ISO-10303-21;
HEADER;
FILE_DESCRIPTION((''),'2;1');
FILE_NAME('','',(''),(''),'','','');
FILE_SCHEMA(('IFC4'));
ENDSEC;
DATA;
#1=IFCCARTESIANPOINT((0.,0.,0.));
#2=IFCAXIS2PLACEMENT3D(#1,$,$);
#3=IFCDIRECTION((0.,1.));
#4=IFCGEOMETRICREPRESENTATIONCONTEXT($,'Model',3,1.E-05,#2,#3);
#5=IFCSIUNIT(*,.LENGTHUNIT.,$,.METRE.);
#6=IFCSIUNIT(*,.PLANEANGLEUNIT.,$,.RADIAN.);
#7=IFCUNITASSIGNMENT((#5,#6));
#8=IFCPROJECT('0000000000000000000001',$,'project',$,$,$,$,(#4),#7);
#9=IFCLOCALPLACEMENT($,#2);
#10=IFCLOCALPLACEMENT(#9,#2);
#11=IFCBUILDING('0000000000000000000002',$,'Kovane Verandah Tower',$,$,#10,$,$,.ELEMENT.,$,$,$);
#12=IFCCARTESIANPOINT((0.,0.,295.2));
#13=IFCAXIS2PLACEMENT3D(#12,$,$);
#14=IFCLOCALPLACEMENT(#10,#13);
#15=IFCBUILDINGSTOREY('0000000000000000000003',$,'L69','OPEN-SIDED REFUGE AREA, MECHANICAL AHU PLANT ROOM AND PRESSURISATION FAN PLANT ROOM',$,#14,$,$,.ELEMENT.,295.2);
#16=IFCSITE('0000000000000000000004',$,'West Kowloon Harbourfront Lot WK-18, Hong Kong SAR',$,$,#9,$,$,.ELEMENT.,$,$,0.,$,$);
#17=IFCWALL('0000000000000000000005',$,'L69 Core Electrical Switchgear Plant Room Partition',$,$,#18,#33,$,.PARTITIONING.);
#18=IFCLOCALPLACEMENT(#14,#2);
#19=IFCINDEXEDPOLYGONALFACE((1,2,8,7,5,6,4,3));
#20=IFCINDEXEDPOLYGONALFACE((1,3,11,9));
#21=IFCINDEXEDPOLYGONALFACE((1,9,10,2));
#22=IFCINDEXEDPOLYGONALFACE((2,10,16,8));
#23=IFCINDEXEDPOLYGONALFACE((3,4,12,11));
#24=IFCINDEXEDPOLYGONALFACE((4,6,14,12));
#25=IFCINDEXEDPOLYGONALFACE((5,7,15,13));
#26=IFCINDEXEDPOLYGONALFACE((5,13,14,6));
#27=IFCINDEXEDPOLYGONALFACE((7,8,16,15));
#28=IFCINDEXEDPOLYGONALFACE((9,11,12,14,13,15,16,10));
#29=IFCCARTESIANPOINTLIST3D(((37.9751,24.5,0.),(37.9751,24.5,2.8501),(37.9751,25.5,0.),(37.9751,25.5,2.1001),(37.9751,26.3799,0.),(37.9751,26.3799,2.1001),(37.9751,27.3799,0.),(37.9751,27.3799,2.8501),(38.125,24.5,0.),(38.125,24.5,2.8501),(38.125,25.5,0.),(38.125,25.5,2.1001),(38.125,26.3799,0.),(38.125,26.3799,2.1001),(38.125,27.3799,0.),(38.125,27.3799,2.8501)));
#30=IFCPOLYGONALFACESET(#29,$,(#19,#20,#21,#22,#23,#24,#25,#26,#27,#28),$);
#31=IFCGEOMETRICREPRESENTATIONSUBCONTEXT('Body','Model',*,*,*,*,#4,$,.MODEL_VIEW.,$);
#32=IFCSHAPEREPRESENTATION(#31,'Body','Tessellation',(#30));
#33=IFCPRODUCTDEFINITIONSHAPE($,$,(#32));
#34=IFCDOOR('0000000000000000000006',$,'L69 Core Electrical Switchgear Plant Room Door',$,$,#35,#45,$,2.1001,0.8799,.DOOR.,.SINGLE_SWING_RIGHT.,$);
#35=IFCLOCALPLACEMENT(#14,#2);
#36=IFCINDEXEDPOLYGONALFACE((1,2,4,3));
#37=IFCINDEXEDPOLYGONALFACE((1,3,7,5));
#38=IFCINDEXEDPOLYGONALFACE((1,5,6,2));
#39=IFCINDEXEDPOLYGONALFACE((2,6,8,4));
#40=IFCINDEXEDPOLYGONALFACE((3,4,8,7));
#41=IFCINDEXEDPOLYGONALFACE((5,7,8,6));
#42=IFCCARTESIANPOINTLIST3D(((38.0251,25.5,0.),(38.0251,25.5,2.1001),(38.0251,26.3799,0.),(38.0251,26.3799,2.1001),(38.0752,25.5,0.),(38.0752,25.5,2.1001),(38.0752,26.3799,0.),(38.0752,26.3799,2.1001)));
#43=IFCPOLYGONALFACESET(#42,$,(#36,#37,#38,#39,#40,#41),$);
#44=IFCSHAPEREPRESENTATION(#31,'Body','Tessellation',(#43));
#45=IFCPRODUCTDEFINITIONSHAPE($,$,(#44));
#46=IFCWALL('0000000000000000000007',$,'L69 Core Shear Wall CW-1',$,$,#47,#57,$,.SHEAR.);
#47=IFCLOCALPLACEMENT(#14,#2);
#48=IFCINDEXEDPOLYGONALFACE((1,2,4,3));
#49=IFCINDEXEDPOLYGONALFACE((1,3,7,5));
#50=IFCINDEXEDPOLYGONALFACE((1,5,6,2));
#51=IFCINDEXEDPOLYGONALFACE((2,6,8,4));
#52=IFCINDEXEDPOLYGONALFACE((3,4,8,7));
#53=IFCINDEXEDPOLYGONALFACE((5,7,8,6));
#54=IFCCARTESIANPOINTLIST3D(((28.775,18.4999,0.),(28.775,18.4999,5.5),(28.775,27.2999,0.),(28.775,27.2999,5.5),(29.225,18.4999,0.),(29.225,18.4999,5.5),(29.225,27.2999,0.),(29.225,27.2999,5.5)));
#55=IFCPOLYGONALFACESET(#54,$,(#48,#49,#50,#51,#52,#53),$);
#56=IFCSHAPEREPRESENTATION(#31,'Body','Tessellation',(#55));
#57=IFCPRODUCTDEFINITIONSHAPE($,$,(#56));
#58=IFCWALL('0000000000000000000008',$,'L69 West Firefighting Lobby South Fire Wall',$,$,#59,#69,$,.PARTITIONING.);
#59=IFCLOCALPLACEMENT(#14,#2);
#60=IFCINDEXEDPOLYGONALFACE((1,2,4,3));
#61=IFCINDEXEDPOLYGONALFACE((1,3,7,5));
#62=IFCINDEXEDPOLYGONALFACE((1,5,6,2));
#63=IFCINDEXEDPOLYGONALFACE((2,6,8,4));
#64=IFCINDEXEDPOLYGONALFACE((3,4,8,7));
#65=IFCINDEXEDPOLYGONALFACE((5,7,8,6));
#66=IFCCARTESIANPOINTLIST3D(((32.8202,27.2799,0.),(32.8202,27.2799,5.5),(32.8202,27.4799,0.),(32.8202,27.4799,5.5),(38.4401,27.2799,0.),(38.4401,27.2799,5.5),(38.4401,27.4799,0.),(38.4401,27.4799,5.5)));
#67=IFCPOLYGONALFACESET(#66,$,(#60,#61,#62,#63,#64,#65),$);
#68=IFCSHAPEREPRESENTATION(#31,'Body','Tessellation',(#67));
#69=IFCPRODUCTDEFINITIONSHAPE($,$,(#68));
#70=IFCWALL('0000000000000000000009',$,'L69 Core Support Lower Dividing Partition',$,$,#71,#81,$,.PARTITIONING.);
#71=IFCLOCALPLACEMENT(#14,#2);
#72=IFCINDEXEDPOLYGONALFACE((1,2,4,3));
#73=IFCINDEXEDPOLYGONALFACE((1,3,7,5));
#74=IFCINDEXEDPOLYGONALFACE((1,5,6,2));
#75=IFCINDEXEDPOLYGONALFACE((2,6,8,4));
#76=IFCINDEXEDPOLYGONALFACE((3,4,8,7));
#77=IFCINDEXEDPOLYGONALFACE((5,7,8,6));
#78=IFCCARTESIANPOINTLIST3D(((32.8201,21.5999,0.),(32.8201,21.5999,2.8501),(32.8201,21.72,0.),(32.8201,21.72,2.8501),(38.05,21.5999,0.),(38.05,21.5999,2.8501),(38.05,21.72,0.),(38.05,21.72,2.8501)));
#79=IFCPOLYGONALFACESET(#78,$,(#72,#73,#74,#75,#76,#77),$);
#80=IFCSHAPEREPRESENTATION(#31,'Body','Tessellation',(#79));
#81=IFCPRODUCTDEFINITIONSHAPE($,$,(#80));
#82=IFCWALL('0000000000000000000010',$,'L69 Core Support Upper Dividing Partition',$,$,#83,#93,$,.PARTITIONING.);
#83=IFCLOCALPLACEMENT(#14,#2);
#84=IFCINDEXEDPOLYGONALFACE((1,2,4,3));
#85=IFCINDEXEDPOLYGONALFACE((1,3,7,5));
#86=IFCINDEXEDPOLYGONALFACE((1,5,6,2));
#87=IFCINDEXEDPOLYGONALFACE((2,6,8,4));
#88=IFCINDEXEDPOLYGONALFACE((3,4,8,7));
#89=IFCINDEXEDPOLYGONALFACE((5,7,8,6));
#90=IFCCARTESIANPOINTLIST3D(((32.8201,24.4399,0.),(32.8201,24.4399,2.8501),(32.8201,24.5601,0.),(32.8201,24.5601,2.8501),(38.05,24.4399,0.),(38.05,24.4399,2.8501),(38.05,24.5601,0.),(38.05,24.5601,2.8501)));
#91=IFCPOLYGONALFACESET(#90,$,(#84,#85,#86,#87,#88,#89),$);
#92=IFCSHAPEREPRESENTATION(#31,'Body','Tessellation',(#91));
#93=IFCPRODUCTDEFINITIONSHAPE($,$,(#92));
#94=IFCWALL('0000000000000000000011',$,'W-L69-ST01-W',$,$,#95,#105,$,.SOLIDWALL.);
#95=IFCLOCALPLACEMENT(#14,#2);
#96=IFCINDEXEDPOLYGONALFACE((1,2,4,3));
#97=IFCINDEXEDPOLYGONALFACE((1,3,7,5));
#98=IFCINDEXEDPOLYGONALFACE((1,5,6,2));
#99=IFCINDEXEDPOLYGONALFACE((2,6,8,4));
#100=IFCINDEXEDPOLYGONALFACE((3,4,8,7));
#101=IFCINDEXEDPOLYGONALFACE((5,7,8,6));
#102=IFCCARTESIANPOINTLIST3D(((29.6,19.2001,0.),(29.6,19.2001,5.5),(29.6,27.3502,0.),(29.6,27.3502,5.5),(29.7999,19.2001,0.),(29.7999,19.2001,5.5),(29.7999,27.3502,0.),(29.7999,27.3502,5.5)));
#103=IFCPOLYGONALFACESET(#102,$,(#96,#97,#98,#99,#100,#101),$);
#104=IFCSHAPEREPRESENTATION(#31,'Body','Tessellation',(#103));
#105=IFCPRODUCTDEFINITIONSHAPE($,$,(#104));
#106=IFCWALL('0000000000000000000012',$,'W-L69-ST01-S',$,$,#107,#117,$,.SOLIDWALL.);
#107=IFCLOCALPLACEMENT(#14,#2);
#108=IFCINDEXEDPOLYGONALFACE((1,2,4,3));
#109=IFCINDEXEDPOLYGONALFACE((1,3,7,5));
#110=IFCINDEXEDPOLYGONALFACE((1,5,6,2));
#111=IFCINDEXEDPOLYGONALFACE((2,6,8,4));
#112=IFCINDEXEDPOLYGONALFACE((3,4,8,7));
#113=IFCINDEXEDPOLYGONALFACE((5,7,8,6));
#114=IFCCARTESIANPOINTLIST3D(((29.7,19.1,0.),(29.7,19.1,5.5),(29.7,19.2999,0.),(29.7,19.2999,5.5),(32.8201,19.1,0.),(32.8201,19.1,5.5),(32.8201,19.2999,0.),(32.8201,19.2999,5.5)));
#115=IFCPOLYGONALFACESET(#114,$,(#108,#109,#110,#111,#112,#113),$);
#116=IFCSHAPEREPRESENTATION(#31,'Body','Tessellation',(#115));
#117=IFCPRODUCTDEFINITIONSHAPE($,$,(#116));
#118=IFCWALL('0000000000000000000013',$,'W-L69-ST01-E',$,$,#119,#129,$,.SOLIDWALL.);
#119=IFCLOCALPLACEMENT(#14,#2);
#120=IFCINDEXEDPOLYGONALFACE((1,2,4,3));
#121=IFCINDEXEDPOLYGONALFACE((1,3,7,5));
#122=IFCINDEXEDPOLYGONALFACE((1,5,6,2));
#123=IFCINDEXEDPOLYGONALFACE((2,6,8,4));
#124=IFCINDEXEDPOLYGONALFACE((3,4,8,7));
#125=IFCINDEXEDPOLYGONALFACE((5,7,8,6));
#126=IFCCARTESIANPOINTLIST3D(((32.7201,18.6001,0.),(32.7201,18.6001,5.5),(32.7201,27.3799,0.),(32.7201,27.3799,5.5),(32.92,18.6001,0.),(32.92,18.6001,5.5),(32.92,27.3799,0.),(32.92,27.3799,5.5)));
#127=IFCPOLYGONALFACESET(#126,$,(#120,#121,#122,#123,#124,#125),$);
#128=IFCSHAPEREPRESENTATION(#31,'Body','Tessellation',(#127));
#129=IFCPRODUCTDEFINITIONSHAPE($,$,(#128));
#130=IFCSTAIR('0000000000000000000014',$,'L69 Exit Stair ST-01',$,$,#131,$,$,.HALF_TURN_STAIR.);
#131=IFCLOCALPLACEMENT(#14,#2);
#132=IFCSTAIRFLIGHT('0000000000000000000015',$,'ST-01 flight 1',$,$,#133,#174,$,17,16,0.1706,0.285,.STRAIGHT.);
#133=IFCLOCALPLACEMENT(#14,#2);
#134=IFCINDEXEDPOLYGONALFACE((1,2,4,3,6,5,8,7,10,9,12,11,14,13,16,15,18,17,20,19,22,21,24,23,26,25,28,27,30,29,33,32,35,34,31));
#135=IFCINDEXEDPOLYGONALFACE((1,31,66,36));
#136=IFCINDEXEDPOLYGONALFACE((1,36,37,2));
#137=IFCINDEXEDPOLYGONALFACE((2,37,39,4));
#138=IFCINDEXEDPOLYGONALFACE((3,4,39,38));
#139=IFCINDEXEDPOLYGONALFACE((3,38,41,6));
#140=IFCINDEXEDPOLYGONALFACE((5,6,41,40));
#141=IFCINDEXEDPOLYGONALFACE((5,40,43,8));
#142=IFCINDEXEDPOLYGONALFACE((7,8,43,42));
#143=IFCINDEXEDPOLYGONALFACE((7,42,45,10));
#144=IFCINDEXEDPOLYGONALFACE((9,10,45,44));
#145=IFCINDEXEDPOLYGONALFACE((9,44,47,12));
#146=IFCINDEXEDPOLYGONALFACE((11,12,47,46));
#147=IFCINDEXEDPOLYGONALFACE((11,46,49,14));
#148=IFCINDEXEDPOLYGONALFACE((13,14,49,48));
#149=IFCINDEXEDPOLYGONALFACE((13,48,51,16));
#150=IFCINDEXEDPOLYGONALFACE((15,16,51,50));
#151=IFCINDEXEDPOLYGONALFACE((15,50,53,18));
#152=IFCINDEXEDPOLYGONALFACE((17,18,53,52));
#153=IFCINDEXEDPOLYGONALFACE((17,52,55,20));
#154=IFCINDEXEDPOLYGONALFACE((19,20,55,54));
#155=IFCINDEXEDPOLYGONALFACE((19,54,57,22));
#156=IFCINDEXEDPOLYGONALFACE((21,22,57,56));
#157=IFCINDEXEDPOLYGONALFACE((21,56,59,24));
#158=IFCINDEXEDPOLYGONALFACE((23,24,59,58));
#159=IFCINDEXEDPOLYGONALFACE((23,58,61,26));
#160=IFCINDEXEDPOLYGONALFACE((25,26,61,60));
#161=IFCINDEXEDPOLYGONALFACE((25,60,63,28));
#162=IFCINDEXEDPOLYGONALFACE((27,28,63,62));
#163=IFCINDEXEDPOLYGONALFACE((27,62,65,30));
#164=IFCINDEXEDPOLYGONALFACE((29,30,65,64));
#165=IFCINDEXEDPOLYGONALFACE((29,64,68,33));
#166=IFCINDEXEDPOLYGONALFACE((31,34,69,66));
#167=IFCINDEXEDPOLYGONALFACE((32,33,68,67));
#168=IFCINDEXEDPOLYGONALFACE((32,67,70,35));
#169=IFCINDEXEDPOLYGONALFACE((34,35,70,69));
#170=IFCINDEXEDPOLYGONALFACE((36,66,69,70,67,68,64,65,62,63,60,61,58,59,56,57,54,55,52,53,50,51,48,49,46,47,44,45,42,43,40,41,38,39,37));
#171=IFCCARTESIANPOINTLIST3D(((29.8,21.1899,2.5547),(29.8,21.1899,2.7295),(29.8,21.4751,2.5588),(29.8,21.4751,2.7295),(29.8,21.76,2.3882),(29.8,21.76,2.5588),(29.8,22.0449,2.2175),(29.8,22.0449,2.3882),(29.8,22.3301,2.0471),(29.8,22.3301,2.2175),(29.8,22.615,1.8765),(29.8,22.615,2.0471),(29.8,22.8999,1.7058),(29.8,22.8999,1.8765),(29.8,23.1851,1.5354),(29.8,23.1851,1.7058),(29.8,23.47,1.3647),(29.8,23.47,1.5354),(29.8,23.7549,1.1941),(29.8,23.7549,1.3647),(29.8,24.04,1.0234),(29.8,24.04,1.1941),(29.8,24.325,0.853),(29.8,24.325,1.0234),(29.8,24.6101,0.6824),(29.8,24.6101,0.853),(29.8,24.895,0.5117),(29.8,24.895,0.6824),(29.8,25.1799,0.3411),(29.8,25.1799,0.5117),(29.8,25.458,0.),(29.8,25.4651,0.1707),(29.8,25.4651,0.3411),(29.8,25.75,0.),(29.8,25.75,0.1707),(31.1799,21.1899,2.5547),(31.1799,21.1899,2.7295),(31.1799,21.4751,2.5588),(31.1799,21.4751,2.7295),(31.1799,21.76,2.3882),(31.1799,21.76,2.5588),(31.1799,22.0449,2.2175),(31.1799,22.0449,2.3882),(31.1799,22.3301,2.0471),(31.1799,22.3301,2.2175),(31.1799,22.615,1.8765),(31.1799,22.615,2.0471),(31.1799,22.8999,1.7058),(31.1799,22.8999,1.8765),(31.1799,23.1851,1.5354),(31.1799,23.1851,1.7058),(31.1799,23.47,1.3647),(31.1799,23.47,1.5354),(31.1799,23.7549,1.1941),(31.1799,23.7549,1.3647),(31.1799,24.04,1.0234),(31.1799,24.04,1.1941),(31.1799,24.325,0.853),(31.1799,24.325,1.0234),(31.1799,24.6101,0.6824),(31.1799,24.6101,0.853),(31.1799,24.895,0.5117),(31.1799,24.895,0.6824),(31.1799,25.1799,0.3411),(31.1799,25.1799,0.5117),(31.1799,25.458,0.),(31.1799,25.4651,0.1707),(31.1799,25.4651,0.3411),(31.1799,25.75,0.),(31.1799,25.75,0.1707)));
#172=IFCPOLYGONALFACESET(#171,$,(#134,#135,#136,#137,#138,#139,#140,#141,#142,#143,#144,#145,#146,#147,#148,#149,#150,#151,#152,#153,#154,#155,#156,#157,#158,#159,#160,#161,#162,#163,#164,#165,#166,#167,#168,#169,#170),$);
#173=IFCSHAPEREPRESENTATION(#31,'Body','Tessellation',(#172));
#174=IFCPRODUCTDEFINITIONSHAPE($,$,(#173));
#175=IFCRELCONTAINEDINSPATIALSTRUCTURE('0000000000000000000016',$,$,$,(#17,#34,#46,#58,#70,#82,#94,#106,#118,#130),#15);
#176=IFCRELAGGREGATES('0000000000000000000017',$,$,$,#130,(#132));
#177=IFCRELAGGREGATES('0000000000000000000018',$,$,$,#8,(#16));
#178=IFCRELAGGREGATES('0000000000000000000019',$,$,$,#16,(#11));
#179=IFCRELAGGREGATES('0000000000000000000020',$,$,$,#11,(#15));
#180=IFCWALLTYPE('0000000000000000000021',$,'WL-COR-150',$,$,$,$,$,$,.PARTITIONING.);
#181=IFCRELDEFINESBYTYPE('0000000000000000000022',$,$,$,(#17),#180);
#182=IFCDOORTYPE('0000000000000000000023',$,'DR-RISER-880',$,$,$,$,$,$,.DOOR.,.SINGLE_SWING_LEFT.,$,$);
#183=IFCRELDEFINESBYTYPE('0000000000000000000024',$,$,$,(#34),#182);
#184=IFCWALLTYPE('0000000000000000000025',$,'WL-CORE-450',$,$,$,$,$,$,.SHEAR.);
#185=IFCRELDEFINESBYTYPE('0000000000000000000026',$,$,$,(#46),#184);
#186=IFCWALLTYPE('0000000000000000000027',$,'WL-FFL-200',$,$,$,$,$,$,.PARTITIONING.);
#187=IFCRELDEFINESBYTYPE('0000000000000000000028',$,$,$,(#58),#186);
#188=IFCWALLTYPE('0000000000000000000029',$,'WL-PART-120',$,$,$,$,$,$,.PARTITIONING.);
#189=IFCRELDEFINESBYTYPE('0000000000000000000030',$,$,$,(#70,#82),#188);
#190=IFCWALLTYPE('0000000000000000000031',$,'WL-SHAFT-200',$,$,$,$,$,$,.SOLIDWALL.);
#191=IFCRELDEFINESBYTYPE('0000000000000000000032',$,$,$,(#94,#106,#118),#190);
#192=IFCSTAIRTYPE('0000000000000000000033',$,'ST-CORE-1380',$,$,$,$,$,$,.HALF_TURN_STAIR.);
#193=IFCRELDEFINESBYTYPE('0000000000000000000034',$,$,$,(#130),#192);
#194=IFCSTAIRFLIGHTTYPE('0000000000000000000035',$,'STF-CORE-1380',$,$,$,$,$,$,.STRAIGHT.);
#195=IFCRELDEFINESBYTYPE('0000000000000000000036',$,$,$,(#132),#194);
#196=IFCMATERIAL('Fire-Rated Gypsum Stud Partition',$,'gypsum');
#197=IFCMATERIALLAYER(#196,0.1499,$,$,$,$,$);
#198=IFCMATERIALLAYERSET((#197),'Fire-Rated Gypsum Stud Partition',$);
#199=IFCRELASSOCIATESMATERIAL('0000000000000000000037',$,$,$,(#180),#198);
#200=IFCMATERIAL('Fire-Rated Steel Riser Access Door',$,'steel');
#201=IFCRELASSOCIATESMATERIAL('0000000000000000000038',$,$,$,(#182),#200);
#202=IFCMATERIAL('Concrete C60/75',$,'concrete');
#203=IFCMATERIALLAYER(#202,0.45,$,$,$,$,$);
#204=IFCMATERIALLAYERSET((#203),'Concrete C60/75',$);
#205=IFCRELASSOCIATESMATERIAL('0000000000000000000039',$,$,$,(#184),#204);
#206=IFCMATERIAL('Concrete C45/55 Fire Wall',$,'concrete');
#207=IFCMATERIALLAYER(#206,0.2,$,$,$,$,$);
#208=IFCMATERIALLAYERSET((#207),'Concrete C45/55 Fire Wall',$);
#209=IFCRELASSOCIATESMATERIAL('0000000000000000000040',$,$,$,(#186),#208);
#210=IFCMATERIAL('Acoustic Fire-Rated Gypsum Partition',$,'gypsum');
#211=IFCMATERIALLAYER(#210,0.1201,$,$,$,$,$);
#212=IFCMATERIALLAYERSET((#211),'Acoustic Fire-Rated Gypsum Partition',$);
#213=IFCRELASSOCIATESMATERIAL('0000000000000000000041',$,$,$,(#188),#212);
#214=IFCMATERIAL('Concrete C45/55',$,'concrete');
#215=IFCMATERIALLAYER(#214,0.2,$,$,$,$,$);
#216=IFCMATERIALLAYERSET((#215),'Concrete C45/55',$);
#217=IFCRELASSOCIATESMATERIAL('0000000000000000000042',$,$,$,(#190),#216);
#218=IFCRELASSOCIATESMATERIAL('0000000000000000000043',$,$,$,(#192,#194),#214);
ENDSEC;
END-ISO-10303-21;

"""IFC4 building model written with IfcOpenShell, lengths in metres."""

from ifc_helpers import new_model, si_unit, direction, frame, frame_2d, origin, place, context, subcontext, project, spatial, polyline, rectangle, outline, extrude, material, layer, layer_set, type_object, element, fill, aggregate, save


model = new_model("IFC4")

# Units and contexts
model_context = context("Model", 3, precision=1e-05, world=origin(), true_north=direction((0.0, 1.0)))
body_context = subcontext(model_context, "Body", "Model", "MODEL_VIEW")
ifc_project = project(units=[si_unit("LENGTHUNIT", "METRE"), si_unit("PLANEANGLEUNIT", "RADIAN")], contexts=[model_context])

# Site, building, storey
site_placement = place(None, origin())
site = spatial("IfcSite", under=ifc_project, at=site_placement, Name="West Kowloon Harbourfront Lot WK-18, Hong Kong SAR", CompositionType="ELEMENT", RefElevation=0.0)
building_placement = place(site_placement, origin())
building = spatial("IfcBuilding", under=site, at=building_placement, Name="Kovane Verandah Tower", CompositionType="ELEMENT")
storey_placement = place(building_placement, frame((0.0, 0.0, 295.2)))
storey = spatial("IfcBuildingStorey", under=building, at=storey_placement, Name="L69", Description="OPEN-SIDED REFUGE AREA, MECHANICAL AHU PLANT ROOM AND PRESSURISATION FAN PLANT ROOM", CompositionType="ELEMENT", Elevation=295.2)

# Shared definitions
ifc_material_1 = material(Name="Concrete C60/75", Category="concrete")

# Wall, opening, door
ifc_material_2 = material(Name="Fire-Rated Gypsum Stud Partition", Category="gypsum")
ifc_layer_1 = layer(ifc_material_2, 0.1499)
ifc_layer_set_1 = layer_set([ifc_layer_1], Name="Fire-Rated Gypsum Stud Partition")
wall_type_1 = type_object("IfcWallType", Name="WL-COR-150", PredefinedType="PARTITIONING", material=ifc_layer_set_1)
ifc_material_3 = material(Name="Fire-Rated Steel Riser Access Door", Category="steel")
door_type_1 = type_object("IfcDoorType", Name="DR-RISER-880", OperationType="SINGLE_SWING_LEFT", PredefinedType="DOOR", material=ifc_material_3)
wall_1_placement = place(storey_placement, frame((38.05, 24.5, 0.0), z_axis=(0.0, 0.0, 1.0), x_axis=(0.0, 1.0, 0.0)))
wall_1 = element("IfcWall", 1, at=wall_1_placement, inside=storey, type_object=wall_type_1, Name="L69 Core Electrical Switchgear Plant Room Partition", PredefinedType="PARTITIONING", context=body_context, shape_type="SweptSolid", body=[
    extrude(rectangle(XDim=2.8799, YDim=0.1499, at=frame_2d((1.4399, 0.0))), origin(), (0.0, 0.0, 1.0), 2.8501),
])
opening_1_placement = place(wall_1_placement, frame((1.0, 0.0, 0.0)))
opening_1 = element("IfcOpeningElement", 2, at=opening_1_placement, cuts=wall_1, PredefinedType="OPENING", context=body_context, shape_type="SweptSolid", body=[
    extrude(rectangle(XDim=0.8799, YDim=2.1001, at=frame_2d((0.4399, 1.05))), frame((0.0, 0.075, 0.0), z_axis=(0.0, -1.0, 0.0), x_axis=(1.0, 0.0, 0.0)), (0.0, 0.0, 1.0), 0.1499),
])
door_1_placement = place(opening_1_placement, origin())
door_1 = element("IfcDoor", 3, at=door_1_placement, inside=storey, type_object=door_type_1, Name="L69 Core Electrical Switchgear Plant Room Door", OperationType="SINGLE_SWING_RIGHT", OverallHeight=2.1001, OverallWidth=0.8799, PredefinedType="DOOR", context=body_context, shape_type="SweptSolid", body=[
    extrude(rectangle(XDim=0.8799, YDim=2.1001, at=frame_2d((0.4399, 1.05))), frame((0.0, 0.0249, 0.0), z_axis=(0.0, -1.0, 0.0), x_axis=(1.0, 0.0, 0.0)), (0.0, 0.0, 1.0), 0.05),
])
fill(opening_1, door_1)

# Wall
ifc_layer_2 = layer(ifc_material_1, 0.45)
ifc_layer_set_2 = layer_set([ifc_layer_2], Name="Concrete C60/75")
wall_type_2 = type_object("IfcWallType", Name="WL-CORE-450", PredefinedType="SHEAR", material=ifc_layer_set_2)
wall_2_placement = place(storey_placement, frame((29.0, 18.5, 0.0), z_axis=(0.0, 0.0, 1.0), x_axis=(0.0, 1.0, 0.0)))
element("IfcWall", 4, at=wall_2_placement, inside=storey, type_object=wall_type_2, Name="L69 Core Shear Wall CW-1", PredefinedType="SHEAR", context=body_context, shape_type="SweptSolid", body=[
    extrude(rectangle(XDim=8.8, YDim=0.45, at=frame_2d((4.3999, 0.0))), origin(), (0.0, 0.0, 1.0), 5.5),
])

# Shared definitions
ifc_material_4 = material(Name="Concrete C45/55 Fire Wall", Category="concrete")
ifc_layer_3 = layer(ifc_material_4, 0.2)
ifc_layer_set_3 = layer_set([ifc_layer_3], Name="Concrete C45/55 Fire Wall")
wall_type_3 = type_object("IfcWallType", Name="WL-FFL-200", PredefinedType="PARTITIONING", material=ifc_layer_set_3)

# Walls
wall_3_placement = place(storey_placement, frame((32.8201, 27.3799, 0.0), z_axis=(0.0, 0.0, 1.0), x_axis=(1.0, 0.0, 0.0)))
element("IfcWall", 5, at=wall_3_placement, inside=storey, type_object=wall_type_3, Name="L69 West Firefighting Lobby South Fire Wall", PredefinedType="PARTITIONING", context=body_context, shape_type="SweptSolid", body=[
    extrude(rectangle(XDim=5.6199, YDim=0.2, at=frame_2d((2.8101, 0.0))), origin(), (0.0, 0.0, 1.0), 5.5),
])
ifc_material_5 = material(Name="Acoustic Fire-Rated Gypsum Partition", Category="gypsum")
ifc_layer_4 = layer(ifc_material_5, 0.1201)
ifc_layer_set_4 = layer_set([ifc_layer_4], Name="Acoustic Fire-Rated Gypsum Partition")
wall_type_4 = type_object("IfcWallType", Name="WL-PART-120", PredefinedType="PARTITIONING", material=ifc_layer_set_4)
for number, where, z_axis, x_axis, name in (
    (6, (32.8201, 21.6599, 0.0), (0.0, 0.0, 1.0), (1.0, 0.0, 0.0), "L69 Core Support Lower Dividing Partition"),
    (7, (32.8201, 24.5, 0.0), (0.0, 0.0, 1.0), (1.0, 0.0, 0.0), "L69 Core Support Upper Dividing Partition"),
):
    element("IfcWall", number, at=place(storey_placement, frame(where, z_axis=z_axis, x_axis=x_axis)), inside=storey, type_object=wall_type_4, Name=name, PredefinedType="PARTITIONING", context=body_context, shape_type="SweptSolid", body=[
        extrude(rectangle(XDim=5.23, YDim=0.1201, at=frame_2d((2.615, 0.0))), origin(), (0.0, 0.0, 1.0), 2.8501),
    ])
ifc_material_6 = material(Name="Concrete C45/55", Category="concrete")
ifc_layer_5 = layer(ifc_material_6, 0.2)
ifc_layer_set_5 = layer_set([ifc_layer_5], Name="Concrete C45/55")
wall_type_5 = type_object("IfcWallType", Name="WL-SHAFT-200", PredefinedType="SOLIDWALL", material=ifc_layer_set_5)
wall_4_placement = place(storey_placement, frame((29.7, 19.2, 0.0), z_axis=(0.0, 0.0, 1.0), x_axis=(0.0, 1.0, 0.0)))
element("IfcWall", 8, at=wall_4_placement, inside=storey, type_object=wall_type_5, Name="W-L69-ST01-W", PredefinedType="SOLIDWALL", context=body_context, shape_type="SweptSolid", body=[
    extrude(rectangle(XDim=8.1501, YDim=0.2, at=frame_2d((4.0752, 0.0))), origin(), (0.0, 0.0, 1.0), 5.5),
])
wall_5_placement = place(storey_placement, frame((29.7, 19.2, 0.0), z_axis=(0.0, 0.0, 1.0), x_axis=(1.0, 0.0, 0.0)))
element("IfcWall", 9, at=wall_5_placement, inside=storey, type_object=wall_type_5, Name="W-L69-ST01-S", PredefinedType="SOLIDWALL", context=body_context, shape_type="SweptSolid", body=[
    extrude(rectangle(XDim=3.1201, YDim=0.2, at=frame_2d((1.5601, 0.0))), origin(), (0.0, 0.0, 1.0), 5.5),
])
wall_6_placement = place(storey_placement, frame((32.8201, 18.6001, 0.0), z_axis=(0.0, 0.0, 1.0), x_axis=(0.0, 1.0, 0.0)))
element("IfcWall", 10, at=wall_6_placement, inside=storey, type_object=wall_type_5, Name="W-L69-ST01-E", PredefinedType="SOLIDWALL", context=body_context, shape_type="SweptSolid", body=[
    extrude(rectangle(XDim=8.7798, YDim=0.2, at=frame_2d((4.3899, 0.0))), origin(), (0.0, 0.0, 1.0), 5.5),
])

# Stair, stair flight
stair_type = type_object("IfcStairType", Name="ST-CORE-1380", PredefinedType="HALF_TURN_STAIR", material=ifc_material_6)
stair_placement = place(storey_placement, origin())
stair = element("IfcStair", 11, at=stair_placement, inside=storey, type_object=stair_type, Name="L69 Exit Stair ST-01", PredefinedType="HALF_TURN_STAIR")
stair_flight_type = type_object("IfcStairFlightType", Name="STF-CORE-1380", PredefinedType="STRAIGHT", material=ifc_material_6)
stair_flight_1_placement = place(storey_placement, frame((30.49, 25.75, 0.0), z_axis=(0.0, 0.0, 1.0), x_axis=(0.0, -1.0, 0.0)))
stair_flight_1 = element("IfcStairFlight", 12, at=stair_flight_1_placement, type_object=stair_flight_type, Name="ST-01 flight 1", NumberOfRisers=17, NumberOfTreads=16, PredefinedType="STRAIGHT", RiserHeight=0.1706, TreadLength=0.285, context=body_context, shape_type="SweptSolid", body=[
    extrude(outline(polyline([(0.0, 0.0), (0.0, 0.1707), (0.2849, 0.1707), (0.2849, 0.3411), (0.5701, 0.3411), (0.5701, 0.5117), (0.855, 0.5117), (0.855, 0.6824), (1.1399, 0.6824), (1.1399, 0.853), (1.425, 0.853), (1.425, 1.0234), (1.71, 1.0234), (1.71, 1.1941), (1.9951, 1.1941), (1.9951, 1.3647), (2.28, 1.3647), (2.28, 1.5354), (2.5649, 1.5354), (2.5649, 1.7058), (2.8501, 1.7058), (2.8501, 1.8765), (3.135, 1.8765), (3.135, 2.0471), (3.4199, 2.0471), (3.4199, 2.2175), (3.7051, 2.2175), (3.7051, 2.3882), (3.99, 2.3882), (3.99, 2.5588), (4.2749, 2.5588), (4.2749, 2.7295), (4.5601, 2.7295), (4.5601, 2.8999), (4.5601, 2.5547), (0.292, 0.0), (0.0, 0.0)])), frame((0.0, 0.6899, 0.0), z_axis=(0.0, -1.0, 0.0), x_axis=(1.0, 0.0, 0.0)), (0.0, 0.0, 1.0), 1.3799),
])
aggregate(stair, [stair_flight_1])

save(model, "model.ifc")
